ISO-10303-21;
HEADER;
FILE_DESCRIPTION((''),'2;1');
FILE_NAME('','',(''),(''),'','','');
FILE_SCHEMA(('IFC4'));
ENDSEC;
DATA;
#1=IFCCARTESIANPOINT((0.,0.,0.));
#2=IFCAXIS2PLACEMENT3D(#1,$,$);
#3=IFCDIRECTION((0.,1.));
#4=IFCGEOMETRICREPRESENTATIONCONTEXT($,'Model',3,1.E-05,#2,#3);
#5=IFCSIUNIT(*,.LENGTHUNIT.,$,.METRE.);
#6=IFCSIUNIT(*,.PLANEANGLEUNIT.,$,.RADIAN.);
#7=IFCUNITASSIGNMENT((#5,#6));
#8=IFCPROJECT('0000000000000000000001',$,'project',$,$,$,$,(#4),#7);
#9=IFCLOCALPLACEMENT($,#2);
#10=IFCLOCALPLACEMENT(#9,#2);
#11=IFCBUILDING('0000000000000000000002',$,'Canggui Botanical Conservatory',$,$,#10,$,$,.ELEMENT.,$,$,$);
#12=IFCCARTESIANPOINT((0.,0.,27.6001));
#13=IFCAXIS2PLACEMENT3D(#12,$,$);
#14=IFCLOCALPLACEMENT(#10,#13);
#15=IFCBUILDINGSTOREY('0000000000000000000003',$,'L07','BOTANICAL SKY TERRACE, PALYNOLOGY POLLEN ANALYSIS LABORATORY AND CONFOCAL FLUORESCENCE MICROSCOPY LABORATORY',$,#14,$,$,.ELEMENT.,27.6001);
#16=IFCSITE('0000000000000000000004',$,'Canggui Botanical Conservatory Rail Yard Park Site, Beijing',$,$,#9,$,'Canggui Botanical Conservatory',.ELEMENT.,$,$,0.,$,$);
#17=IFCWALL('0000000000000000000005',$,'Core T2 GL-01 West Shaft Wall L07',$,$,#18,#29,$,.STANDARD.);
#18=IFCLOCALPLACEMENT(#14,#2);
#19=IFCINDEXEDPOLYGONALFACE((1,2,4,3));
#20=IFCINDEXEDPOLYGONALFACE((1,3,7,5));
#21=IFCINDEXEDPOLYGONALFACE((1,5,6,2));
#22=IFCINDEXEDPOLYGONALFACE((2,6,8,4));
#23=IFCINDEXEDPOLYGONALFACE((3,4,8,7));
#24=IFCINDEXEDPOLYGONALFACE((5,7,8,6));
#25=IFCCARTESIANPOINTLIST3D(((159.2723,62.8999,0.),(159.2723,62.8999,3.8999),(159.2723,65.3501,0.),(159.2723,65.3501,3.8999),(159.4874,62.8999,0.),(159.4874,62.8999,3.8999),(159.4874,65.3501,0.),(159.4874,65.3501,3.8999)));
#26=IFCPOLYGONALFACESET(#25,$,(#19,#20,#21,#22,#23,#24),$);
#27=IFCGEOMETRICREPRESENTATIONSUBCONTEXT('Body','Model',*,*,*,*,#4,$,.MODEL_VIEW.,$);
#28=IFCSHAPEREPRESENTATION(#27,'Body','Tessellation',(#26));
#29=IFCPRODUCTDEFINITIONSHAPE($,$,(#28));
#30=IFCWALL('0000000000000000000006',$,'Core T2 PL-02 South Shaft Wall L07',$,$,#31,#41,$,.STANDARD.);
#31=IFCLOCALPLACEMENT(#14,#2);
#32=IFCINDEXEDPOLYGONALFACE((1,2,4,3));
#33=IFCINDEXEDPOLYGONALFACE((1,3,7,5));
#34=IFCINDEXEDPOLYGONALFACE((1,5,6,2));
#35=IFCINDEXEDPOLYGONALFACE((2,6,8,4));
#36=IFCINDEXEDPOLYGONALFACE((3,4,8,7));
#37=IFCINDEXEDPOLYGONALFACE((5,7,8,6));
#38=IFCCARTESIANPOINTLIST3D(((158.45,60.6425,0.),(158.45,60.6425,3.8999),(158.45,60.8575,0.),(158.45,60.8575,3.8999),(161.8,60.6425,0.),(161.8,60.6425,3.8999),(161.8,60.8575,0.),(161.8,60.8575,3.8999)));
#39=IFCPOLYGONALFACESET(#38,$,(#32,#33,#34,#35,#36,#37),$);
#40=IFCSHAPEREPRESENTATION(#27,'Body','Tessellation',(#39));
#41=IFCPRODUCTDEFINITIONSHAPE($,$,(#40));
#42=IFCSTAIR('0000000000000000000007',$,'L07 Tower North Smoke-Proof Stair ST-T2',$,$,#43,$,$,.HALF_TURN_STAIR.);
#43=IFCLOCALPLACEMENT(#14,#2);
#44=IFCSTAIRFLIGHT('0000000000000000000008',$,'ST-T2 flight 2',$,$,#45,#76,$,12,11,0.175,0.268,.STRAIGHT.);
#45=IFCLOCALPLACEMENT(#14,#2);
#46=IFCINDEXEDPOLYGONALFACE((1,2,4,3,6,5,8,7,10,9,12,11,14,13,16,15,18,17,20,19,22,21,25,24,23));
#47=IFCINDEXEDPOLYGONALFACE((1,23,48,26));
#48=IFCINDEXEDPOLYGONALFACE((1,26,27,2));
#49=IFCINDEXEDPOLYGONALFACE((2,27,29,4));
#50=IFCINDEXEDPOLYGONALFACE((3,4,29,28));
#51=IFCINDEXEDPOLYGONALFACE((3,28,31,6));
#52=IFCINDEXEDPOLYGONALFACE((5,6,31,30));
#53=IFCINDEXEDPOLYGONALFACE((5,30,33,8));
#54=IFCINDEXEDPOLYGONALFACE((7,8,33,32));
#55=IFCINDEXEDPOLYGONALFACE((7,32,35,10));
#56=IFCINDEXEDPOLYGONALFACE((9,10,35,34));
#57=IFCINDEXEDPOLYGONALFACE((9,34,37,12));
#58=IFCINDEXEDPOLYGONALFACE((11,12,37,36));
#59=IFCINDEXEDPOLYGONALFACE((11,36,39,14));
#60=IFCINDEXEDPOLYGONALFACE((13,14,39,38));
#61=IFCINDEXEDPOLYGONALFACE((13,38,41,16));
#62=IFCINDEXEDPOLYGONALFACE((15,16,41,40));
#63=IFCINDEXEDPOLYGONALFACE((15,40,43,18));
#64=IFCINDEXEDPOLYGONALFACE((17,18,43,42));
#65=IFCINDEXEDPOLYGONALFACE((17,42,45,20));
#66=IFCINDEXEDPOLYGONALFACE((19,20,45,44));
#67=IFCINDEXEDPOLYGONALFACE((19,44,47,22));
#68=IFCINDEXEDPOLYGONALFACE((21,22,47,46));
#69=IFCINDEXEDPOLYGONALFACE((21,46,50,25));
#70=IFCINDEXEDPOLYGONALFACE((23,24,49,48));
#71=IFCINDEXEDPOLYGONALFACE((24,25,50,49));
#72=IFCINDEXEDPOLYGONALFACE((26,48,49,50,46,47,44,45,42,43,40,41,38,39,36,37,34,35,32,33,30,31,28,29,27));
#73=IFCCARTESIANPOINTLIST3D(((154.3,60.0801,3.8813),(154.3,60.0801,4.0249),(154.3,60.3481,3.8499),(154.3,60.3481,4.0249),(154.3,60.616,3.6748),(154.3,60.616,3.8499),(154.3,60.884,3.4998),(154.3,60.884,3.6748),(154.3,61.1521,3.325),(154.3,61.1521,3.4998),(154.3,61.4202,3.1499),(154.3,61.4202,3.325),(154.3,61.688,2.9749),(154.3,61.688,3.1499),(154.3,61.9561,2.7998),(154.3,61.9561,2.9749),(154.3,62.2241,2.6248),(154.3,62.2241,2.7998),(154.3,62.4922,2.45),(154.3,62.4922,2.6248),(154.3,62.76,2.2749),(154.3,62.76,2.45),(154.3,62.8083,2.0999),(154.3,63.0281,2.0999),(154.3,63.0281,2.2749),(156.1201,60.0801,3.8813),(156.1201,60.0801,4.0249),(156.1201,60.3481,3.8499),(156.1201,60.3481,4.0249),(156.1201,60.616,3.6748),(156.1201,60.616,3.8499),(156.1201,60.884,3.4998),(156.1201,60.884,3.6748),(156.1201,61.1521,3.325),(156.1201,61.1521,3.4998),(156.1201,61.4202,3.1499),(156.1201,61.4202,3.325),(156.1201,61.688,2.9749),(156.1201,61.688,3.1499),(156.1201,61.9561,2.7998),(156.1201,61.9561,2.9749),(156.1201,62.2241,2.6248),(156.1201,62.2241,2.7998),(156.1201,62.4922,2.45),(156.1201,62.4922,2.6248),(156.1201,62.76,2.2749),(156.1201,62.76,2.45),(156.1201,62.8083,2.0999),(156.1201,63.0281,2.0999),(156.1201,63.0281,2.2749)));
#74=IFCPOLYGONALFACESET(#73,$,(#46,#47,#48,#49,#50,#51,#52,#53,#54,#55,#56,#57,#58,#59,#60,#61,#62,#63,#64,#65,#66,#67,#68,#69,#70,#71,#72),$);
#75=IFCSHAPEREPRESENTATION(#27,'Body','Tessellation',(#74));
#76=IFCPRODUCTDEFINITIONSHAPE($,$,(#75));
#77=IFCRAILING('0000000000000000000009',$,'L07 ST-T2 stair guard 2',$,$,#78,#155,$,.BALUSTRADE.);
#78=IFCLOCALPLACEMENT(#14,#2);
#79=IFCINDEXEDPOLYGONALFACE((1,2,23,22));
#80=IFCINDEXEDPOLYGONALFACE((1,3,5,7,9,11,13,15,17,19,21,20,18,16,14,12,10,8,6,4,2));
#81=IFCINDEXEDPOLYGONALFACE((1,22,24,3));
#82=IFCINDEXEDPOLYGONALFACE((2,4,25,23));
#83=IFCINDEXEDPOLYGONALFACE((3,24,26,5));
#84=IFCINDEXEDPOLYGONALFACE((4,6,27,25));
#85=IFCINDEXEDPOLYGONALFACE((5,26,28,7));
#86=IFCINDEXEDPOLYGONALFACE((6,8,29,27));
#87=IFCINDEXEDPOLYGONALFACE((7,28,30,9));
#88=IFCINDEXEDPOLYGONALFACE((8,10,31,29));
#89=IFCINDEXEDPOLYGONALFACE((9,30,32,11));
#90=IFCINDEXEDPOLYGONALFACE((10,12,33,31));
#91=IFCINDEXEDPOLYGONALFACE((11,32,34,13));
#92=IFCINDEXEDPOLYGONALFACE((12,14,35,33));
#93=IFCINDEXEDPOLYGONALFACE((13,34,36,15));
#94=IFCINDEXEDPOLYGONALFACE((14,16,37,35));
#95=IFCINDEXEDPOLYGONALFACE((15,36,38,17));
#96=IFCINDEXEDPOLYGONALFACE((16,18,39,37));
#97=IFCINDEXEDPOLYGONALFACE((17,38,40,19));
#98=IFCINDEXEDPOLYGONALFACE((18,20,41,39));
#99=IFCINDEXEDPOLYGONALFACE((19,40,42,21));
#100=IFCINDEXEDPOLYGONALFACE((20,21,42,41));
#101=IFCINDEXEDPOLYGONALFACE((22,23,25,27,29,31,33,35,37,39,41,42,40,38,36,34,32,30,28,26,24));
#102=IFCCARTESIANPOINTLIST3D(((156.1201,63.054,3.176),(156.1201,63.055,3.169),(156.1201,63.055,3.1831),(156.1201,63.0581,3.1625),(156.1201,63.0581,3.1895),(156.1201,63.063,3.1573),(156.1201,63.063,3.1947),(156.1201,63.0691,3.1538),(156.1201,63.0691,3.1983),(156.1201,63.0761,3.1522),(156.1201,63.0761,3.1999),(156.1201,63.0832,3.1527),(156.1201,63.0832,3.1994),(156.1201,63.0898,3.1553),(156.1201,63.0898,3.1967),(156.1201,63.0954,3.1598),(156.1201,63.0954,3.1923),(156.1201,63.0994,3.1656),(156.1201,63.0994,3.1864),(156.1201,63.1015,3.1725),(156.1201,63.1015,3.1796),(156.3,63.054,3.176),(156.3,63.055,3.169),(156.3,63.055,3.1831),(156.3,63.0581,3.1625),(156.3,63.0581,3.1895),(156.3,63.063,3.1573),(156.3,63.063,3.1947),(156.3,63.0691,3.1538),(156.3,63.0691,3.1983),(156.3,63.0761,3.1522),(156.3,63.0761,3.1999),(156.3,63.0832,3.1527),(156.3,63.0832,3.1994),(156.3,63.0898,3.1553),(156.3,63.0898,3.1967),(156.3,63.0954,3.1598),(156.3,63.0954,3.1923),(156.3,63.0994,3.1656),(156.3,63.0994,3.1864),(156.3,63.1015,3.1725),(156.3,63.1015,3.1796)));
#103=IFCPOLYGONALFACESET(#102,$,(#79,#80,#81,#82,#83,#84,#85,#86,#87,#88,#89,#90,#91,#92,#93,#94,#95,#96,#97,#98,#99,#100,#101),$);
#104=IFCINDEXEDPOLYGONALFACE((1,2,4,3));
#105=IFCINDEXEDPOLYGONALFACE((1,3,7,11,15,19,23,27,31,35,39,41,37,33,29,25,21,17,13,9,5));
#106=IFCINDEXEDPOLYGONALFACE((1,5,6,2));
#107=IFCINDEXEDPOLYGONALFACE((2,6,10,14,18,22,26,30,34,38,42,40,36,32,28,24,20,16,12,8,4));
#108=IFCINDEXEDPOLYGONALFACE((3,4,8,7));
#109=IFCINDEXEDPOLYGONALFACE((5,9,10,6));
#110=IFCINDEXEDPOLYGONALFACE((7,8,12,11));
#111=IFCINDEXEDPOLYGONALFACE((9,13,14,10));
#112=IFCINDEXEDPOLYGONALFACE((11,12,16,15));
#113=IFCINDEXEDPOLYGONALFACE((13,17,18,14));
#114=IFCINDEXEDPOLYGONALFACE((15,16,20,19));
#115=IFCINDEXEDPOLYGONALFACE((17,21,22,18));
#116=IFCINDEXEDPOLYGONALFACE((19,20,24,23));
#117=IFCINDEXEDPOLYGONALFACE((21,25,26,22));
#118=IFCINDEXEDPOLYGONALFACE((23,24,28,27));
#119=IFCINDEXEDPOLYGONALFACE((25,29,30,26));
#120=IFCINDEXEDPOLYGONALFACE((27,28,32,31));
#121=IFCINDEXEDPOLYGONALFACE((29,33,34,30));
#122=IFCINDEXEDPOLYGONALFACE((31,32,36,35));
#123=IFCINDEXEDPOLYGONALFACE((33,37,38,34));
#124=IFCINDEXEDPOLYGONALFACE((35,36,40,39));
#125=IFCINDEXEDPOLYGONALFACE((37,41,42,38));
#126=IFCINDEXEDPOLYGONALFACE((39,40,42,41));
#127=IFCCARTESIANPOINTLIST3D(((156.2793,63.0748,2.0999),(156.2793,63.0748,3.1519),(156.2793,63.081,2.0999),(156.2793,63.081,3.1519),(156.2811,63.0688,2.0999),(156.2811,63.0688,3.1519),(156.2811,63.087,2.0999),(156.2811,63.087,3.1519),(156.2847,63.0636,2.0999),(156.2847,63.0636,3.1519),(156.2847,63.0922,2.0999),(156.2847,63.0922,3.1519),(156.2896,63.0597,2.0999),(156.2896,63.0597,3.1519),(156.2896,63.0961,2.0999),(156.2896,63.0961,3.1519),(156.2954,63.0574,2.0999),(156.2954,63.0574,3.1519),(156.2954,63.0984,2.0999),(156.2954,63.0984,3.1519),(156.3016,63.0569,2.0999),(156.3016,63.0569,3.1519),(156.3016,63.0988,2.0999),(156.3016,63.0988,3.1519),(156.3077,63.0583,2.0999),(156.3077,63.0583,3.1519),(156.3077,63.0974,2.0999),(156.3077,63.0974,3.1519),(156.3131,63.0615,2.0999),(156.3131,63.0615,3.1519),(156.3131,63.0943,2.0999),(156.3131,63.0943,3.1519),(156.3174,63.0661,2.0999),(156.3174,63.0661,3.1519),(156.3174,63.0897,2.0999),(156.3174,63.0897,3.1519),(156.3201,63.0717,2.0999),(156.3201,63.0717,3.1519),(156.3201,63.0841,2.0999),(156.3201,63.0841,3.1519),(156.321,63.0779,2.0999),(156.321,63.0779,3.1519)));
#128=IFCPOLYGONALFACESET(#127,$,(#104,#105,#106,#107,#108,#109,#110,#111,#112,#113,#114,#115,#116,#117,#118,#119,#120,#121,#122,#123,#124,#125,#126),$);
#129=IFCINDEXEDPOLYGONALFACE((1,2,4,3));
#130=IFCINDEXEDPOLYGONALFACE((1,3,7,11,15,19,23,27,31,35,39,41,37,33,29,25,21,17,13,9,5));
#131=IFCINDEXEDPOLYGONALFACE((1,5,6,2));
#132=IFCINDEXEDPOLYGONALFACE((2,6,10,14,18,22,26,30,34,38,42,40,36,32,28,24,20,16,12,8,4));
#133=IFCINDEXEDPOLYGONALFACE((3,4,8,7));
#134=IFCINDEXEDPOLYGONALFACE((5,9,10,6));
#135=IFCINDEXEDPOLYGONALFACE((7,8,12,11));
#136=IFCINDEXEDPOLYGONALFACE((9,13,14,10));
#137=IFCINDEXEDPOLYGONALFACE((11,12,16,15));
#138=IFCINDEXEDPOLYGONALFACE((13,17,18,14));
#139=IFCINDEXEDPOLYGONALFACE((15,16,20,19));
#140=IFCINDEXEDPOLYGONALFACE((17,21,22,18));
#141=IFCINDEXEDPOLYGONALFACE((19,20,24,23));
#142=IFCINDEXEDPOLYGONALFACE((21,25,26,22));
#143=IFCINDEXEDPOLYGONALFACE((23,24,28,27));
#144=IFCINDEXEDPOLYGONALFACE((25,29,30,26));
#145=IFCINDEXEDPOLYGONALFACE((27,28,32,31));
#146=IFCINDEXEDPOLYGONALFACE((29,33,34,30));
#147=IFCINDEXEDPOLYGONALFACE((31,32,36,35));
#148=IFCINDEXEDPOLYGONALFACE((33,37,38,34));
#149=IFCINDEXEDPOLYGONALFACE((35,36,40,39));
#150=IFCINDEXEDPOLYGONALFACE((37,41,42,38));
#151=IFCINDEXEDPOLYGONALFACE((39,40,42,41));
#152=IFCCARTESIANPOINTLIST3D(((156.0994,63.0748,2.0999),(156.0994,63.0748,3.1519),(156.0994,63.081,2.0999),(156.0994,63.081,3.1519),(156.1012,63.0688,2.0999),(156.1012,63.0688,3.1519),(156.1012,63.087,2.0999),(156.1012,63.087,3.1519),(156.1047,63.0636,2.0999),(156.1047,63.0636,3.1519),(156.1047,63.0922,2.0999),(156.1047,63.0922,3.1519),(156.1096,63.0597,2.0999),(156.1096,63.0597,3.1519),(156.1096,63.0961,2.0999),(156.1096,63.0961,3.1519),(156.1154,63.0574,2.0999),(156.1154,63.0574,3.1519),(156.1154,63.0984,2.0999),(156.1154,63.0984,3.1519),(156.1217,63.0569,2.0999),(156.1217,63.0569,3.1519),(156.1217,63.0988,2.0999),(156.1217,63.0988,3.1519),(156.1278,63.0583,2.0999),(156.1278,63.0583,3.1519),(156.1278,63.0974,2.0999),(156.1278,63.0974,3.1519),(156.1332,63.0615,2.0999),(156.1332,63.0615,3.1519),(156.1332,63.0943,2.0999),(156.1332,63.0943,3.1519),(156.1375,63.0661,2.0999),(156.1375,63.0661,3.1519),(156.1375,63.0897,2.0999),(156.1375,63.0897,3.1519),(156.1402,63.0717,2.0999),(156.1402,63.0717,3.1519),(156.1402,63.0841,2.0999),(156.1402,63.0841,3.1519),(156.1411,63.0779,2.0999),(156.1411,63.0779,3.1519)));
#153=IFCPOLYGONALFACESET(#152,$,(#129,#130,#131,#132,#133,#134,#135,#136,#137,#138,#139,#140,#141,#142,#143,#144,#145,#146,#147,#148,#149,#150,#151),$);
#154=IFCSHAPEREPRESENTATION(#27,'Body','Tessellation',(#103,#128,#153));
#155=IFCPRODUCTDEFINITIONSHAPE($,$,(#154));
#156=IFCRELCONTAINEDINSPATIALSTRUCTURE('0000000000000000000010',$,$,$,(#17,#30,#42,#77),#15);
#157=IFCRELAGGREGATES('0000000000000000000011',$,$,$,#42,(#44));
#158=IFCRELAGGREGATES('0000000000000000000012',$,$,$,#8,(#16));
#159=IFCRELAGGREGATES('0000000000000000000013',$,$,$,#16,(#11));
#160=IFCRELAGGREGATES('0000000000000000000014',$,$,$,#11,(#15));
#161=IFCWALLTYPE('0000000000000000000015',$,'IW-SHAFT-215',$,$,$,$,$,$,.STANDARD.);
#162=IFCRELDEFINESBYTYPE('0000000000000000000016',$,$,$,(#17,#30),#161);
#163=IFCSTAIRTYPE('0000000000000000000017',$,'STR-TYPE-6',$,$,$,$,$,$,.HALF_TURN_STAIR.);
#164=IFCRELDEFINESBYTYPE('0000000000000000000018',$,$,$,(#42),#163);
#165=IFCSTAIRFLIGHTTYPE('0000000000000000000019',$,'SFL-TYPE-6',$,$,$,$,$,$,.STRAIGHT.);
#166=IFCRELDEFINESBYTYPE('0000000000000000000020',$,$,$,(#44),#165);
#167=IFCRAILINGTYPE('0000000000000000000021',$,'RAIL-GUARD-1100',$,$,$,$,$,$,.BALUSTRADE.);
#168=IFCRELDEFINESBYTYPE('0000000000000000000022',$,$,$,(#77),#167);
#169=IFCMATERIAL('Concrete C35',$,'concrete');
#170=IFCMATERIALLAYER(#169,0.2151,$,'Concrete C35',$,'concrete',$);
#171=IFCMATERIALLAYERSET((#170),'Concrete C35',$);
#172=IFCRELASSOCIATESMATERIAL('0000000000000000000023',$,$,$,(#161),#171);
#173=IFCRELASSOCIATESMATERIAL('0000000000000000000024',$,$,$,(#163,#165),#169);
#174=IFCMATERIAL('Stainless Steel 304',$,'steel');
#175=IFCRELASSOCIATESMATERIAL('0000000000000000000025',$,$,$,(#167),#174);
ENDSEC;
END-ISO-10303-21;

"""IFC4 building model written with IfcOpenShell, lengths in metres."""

from ifc_helpers import new_model, si_unit, direction, frame, frame_2d, origin, origin_2d, place, context, subcontext, project, spatial, polyline, rectangle, circle, outline, extrude, material, layer, layer_set, type_object, element, aggregate, save


model = new_model("IFC4")

# Units and contexts
model_context = context("Model", 3, precision=1e-05, world=origin(), true_north=direction((0.0, 1.0)))
body_context = subcontext(model_context, "Body", "Model", "MODEL_VIEW")
ifc_project = project(units=[si_unit("LENGTHUNIT", "METRE"), si_unit("PLANEANGLEUNIT", "RADIAN")], contexts=[model_context])

# Site, building, storey
site_placement = place(None, origin())
site = spatial("IfcSite", under=ifc_project, at=site_placement, Name="Canggui Botanical Conservatory Rail Yard Park Site, Beijing", LongName="Canggui Botanical Conservatory", CompositionType="ELEMENT", RefElevation=0.0)
building_placement = place(site_placement, origin())
building = spatial("IfcBuilding", under=site, at=building_placement, Name="Canggui Botanical Conservatory", CompositionType="ELEMENT")
storey_placement = place(building_placement, frame((0.0, 0.0, 27.6001)))
storey = spatial("IfcBuildingStorey", under=building, at=storey_placement, Name="L07", Description="BOTANICAL SKY TERRACE, PALYNOLOGY POLLEN ANALYSIS LABORATORY AND CONFOCAL FLUORESCENCE MICROSCOPY LABORATORY", CompositionType="ELEMENT", Elevation=27.6001)

# Walls
ifc_material_1 = material(Name="Concrete C35", Category="concrete")
ifc_layer_1 = layer(ifc_material_1, 0.2151, Name="Concrete C35", Category="concrete")
ifc_layer_set_1 = layer_set([ifc_layer_1], Name="Concrete C35")
wall_type = type_object("IfcWallType", Name="IW-SHAFT-215", PredefinedType="STANDARD", material=ifc_layer_set_1)
wall_1_placement = place(storey_placement, frame((159.3799, 62.8999, 0.0), z_axis=(0.0, 0.0, 1.0), x_axis=(0.0, 1.0, 0.0)))
element("IfcWall", 1, at=wall_1_placement, inside=storey, type_object=wall_type, Name="Core T2 GL-01 West Shaft Wall L07", PredefinedType="STANDARD", context=body_context, shape_type="SweptSolid", body=[
    extrude(rectangle(XDim=2.4502, YDim=0.2151, at=frame_2d((1.2251, 0.0))), origin(), (0.0, 0.0, 1.0), 3.8999),
])
wall_2_placement = place(storey_placement, frame((158.45, 60.75, 0.0), z_axis=(0.0, 0.0, 1.0), x_axis=(1.0, 0.0, 0.0)))
element("IfcWall", 2, at=wall_2_placement, inside=storey, type_object=wall_type, Name="Core T2 PL-02 South Shaft Wall L07", PredefinedType="STANDARD", context=body_context, shape_type="SweptSolid", body=[
    extrude(rectangle(XDim=3.3501, YDim=0.2151, at=frame_2d((1.675, 0.0))), origin(), (0.0, 0.0, 1.0), 3.8999),
])

# Stair, stair flight
stair_type = type_object("IfcStairType", Name="STR-TYPE-6", PredefinedType="HALF_TURN_STAIR", material=ifc_material_1)
stair_placement = place(storey_placement, origin())
stair = element("IfcStair", 3, at=stair_placement, inside=storey, type_object=stair_type, Name="L07 Tower North Smoke-Proof Stair ST-T2", PredefinedType="HALF_TURN_STAIR")
stair_flight_type = type_object("IfcStairFlightType", Name="SFL-TYPE-6", PredefinedType="STRAIGHT", material=ifc_material_1)
stair_flight_placement = place(storey_placement, frame((155.21, 63.0281, 2.0999), z_axis=(0.0, 0.0, 1.0), x_axis=(0.0, -1.0, 0.0)))
stair_flight = element("IfcStairFlight", 4, at=stair_flight_placement, type_object=stair_flight_type, Name="ST-T2 flight 2", NumberOfRisers=12, NumberOfTreads=11, PredefinedType="STRAIGHT", RiserHeight=0.175, TreadLength=0.268, context=body_context, shape_type="SweptSolid", body=[
    extrude(outline(polyline([(0.0, 0.0), (0.0, 0.175), (0.2681, 0.175), (0.2681, 0.3501), (0.5359, 0.3501), (0.5359, 0.5249), (0.804, 0.5249), (0.804, 0.7), (1.072, 0.7), (1.072, 0.875), (1.3401, 0.875), (1.3401, 1.05), (1.6079, 1.05), (1.6079, 1.2251), (1.876, 1.2251), (1.876, 1.3999), (2.144, 1.3999), (2.144, 1.575), (2.4121, 1.575), (2.4121, 1.75), (2.6799, 1.75), (2.6799, 1.925), (2.948, 1.925), (2.948, 2.1001), (2.948, 1.7815), (0.2197, 0.0), (0.0, 0.0)])), frame((0.0, 0.9102, 0.0), z_axis=(0.0, -1.0, 0.0), x_axis=(1.0, 0.0, 0.0)), (0.0, 0.0, 1.0), 1.8201),
])
aggregate(stair, [stair_flight])

# Railing
ifc_material_2 = material(Name="Stainless Steel 304", Category="steel")
railing_type_1 = type_object("IfcRailingType", Name="RAIL-GUARD-1100", PredefinedType="BALUSTRADE", material=ifc_material_2)
railing_1_placement = place(storey_placement, frame((156.3, 63.0779, 2.0999)))
element("IfcRailing", 5, at=railing_1_placement, inside=storey, type_object=railing_type_1, Name="L07 ST-T2 stair guard 2", PredefinedType="BALUSTRADE", context=body_context, shape_type="SweptSolid", body=[
    extrude(circle(Radius=0.0239, at=origin_2d()), frame((0.0, 0.0, 1.0762), z_axis=(-1.0, 0.0, 0.0), x_axis=(0.0, -1.0, 0.0)), (0.0, 0.0, 1.0), 0.1799),
    extrude(circle(Radius=0.021, at=origin_2d()), origin(), (0.0, 0.0, 1.0), 1.052),
    extrude(circle(Radius=0.021, at=origin_2d()), frame((-0.1799, 0.0, 0.0)), (0.0, 0.0, 1.0), 1.052),
])

save(model, "model.ifc")
